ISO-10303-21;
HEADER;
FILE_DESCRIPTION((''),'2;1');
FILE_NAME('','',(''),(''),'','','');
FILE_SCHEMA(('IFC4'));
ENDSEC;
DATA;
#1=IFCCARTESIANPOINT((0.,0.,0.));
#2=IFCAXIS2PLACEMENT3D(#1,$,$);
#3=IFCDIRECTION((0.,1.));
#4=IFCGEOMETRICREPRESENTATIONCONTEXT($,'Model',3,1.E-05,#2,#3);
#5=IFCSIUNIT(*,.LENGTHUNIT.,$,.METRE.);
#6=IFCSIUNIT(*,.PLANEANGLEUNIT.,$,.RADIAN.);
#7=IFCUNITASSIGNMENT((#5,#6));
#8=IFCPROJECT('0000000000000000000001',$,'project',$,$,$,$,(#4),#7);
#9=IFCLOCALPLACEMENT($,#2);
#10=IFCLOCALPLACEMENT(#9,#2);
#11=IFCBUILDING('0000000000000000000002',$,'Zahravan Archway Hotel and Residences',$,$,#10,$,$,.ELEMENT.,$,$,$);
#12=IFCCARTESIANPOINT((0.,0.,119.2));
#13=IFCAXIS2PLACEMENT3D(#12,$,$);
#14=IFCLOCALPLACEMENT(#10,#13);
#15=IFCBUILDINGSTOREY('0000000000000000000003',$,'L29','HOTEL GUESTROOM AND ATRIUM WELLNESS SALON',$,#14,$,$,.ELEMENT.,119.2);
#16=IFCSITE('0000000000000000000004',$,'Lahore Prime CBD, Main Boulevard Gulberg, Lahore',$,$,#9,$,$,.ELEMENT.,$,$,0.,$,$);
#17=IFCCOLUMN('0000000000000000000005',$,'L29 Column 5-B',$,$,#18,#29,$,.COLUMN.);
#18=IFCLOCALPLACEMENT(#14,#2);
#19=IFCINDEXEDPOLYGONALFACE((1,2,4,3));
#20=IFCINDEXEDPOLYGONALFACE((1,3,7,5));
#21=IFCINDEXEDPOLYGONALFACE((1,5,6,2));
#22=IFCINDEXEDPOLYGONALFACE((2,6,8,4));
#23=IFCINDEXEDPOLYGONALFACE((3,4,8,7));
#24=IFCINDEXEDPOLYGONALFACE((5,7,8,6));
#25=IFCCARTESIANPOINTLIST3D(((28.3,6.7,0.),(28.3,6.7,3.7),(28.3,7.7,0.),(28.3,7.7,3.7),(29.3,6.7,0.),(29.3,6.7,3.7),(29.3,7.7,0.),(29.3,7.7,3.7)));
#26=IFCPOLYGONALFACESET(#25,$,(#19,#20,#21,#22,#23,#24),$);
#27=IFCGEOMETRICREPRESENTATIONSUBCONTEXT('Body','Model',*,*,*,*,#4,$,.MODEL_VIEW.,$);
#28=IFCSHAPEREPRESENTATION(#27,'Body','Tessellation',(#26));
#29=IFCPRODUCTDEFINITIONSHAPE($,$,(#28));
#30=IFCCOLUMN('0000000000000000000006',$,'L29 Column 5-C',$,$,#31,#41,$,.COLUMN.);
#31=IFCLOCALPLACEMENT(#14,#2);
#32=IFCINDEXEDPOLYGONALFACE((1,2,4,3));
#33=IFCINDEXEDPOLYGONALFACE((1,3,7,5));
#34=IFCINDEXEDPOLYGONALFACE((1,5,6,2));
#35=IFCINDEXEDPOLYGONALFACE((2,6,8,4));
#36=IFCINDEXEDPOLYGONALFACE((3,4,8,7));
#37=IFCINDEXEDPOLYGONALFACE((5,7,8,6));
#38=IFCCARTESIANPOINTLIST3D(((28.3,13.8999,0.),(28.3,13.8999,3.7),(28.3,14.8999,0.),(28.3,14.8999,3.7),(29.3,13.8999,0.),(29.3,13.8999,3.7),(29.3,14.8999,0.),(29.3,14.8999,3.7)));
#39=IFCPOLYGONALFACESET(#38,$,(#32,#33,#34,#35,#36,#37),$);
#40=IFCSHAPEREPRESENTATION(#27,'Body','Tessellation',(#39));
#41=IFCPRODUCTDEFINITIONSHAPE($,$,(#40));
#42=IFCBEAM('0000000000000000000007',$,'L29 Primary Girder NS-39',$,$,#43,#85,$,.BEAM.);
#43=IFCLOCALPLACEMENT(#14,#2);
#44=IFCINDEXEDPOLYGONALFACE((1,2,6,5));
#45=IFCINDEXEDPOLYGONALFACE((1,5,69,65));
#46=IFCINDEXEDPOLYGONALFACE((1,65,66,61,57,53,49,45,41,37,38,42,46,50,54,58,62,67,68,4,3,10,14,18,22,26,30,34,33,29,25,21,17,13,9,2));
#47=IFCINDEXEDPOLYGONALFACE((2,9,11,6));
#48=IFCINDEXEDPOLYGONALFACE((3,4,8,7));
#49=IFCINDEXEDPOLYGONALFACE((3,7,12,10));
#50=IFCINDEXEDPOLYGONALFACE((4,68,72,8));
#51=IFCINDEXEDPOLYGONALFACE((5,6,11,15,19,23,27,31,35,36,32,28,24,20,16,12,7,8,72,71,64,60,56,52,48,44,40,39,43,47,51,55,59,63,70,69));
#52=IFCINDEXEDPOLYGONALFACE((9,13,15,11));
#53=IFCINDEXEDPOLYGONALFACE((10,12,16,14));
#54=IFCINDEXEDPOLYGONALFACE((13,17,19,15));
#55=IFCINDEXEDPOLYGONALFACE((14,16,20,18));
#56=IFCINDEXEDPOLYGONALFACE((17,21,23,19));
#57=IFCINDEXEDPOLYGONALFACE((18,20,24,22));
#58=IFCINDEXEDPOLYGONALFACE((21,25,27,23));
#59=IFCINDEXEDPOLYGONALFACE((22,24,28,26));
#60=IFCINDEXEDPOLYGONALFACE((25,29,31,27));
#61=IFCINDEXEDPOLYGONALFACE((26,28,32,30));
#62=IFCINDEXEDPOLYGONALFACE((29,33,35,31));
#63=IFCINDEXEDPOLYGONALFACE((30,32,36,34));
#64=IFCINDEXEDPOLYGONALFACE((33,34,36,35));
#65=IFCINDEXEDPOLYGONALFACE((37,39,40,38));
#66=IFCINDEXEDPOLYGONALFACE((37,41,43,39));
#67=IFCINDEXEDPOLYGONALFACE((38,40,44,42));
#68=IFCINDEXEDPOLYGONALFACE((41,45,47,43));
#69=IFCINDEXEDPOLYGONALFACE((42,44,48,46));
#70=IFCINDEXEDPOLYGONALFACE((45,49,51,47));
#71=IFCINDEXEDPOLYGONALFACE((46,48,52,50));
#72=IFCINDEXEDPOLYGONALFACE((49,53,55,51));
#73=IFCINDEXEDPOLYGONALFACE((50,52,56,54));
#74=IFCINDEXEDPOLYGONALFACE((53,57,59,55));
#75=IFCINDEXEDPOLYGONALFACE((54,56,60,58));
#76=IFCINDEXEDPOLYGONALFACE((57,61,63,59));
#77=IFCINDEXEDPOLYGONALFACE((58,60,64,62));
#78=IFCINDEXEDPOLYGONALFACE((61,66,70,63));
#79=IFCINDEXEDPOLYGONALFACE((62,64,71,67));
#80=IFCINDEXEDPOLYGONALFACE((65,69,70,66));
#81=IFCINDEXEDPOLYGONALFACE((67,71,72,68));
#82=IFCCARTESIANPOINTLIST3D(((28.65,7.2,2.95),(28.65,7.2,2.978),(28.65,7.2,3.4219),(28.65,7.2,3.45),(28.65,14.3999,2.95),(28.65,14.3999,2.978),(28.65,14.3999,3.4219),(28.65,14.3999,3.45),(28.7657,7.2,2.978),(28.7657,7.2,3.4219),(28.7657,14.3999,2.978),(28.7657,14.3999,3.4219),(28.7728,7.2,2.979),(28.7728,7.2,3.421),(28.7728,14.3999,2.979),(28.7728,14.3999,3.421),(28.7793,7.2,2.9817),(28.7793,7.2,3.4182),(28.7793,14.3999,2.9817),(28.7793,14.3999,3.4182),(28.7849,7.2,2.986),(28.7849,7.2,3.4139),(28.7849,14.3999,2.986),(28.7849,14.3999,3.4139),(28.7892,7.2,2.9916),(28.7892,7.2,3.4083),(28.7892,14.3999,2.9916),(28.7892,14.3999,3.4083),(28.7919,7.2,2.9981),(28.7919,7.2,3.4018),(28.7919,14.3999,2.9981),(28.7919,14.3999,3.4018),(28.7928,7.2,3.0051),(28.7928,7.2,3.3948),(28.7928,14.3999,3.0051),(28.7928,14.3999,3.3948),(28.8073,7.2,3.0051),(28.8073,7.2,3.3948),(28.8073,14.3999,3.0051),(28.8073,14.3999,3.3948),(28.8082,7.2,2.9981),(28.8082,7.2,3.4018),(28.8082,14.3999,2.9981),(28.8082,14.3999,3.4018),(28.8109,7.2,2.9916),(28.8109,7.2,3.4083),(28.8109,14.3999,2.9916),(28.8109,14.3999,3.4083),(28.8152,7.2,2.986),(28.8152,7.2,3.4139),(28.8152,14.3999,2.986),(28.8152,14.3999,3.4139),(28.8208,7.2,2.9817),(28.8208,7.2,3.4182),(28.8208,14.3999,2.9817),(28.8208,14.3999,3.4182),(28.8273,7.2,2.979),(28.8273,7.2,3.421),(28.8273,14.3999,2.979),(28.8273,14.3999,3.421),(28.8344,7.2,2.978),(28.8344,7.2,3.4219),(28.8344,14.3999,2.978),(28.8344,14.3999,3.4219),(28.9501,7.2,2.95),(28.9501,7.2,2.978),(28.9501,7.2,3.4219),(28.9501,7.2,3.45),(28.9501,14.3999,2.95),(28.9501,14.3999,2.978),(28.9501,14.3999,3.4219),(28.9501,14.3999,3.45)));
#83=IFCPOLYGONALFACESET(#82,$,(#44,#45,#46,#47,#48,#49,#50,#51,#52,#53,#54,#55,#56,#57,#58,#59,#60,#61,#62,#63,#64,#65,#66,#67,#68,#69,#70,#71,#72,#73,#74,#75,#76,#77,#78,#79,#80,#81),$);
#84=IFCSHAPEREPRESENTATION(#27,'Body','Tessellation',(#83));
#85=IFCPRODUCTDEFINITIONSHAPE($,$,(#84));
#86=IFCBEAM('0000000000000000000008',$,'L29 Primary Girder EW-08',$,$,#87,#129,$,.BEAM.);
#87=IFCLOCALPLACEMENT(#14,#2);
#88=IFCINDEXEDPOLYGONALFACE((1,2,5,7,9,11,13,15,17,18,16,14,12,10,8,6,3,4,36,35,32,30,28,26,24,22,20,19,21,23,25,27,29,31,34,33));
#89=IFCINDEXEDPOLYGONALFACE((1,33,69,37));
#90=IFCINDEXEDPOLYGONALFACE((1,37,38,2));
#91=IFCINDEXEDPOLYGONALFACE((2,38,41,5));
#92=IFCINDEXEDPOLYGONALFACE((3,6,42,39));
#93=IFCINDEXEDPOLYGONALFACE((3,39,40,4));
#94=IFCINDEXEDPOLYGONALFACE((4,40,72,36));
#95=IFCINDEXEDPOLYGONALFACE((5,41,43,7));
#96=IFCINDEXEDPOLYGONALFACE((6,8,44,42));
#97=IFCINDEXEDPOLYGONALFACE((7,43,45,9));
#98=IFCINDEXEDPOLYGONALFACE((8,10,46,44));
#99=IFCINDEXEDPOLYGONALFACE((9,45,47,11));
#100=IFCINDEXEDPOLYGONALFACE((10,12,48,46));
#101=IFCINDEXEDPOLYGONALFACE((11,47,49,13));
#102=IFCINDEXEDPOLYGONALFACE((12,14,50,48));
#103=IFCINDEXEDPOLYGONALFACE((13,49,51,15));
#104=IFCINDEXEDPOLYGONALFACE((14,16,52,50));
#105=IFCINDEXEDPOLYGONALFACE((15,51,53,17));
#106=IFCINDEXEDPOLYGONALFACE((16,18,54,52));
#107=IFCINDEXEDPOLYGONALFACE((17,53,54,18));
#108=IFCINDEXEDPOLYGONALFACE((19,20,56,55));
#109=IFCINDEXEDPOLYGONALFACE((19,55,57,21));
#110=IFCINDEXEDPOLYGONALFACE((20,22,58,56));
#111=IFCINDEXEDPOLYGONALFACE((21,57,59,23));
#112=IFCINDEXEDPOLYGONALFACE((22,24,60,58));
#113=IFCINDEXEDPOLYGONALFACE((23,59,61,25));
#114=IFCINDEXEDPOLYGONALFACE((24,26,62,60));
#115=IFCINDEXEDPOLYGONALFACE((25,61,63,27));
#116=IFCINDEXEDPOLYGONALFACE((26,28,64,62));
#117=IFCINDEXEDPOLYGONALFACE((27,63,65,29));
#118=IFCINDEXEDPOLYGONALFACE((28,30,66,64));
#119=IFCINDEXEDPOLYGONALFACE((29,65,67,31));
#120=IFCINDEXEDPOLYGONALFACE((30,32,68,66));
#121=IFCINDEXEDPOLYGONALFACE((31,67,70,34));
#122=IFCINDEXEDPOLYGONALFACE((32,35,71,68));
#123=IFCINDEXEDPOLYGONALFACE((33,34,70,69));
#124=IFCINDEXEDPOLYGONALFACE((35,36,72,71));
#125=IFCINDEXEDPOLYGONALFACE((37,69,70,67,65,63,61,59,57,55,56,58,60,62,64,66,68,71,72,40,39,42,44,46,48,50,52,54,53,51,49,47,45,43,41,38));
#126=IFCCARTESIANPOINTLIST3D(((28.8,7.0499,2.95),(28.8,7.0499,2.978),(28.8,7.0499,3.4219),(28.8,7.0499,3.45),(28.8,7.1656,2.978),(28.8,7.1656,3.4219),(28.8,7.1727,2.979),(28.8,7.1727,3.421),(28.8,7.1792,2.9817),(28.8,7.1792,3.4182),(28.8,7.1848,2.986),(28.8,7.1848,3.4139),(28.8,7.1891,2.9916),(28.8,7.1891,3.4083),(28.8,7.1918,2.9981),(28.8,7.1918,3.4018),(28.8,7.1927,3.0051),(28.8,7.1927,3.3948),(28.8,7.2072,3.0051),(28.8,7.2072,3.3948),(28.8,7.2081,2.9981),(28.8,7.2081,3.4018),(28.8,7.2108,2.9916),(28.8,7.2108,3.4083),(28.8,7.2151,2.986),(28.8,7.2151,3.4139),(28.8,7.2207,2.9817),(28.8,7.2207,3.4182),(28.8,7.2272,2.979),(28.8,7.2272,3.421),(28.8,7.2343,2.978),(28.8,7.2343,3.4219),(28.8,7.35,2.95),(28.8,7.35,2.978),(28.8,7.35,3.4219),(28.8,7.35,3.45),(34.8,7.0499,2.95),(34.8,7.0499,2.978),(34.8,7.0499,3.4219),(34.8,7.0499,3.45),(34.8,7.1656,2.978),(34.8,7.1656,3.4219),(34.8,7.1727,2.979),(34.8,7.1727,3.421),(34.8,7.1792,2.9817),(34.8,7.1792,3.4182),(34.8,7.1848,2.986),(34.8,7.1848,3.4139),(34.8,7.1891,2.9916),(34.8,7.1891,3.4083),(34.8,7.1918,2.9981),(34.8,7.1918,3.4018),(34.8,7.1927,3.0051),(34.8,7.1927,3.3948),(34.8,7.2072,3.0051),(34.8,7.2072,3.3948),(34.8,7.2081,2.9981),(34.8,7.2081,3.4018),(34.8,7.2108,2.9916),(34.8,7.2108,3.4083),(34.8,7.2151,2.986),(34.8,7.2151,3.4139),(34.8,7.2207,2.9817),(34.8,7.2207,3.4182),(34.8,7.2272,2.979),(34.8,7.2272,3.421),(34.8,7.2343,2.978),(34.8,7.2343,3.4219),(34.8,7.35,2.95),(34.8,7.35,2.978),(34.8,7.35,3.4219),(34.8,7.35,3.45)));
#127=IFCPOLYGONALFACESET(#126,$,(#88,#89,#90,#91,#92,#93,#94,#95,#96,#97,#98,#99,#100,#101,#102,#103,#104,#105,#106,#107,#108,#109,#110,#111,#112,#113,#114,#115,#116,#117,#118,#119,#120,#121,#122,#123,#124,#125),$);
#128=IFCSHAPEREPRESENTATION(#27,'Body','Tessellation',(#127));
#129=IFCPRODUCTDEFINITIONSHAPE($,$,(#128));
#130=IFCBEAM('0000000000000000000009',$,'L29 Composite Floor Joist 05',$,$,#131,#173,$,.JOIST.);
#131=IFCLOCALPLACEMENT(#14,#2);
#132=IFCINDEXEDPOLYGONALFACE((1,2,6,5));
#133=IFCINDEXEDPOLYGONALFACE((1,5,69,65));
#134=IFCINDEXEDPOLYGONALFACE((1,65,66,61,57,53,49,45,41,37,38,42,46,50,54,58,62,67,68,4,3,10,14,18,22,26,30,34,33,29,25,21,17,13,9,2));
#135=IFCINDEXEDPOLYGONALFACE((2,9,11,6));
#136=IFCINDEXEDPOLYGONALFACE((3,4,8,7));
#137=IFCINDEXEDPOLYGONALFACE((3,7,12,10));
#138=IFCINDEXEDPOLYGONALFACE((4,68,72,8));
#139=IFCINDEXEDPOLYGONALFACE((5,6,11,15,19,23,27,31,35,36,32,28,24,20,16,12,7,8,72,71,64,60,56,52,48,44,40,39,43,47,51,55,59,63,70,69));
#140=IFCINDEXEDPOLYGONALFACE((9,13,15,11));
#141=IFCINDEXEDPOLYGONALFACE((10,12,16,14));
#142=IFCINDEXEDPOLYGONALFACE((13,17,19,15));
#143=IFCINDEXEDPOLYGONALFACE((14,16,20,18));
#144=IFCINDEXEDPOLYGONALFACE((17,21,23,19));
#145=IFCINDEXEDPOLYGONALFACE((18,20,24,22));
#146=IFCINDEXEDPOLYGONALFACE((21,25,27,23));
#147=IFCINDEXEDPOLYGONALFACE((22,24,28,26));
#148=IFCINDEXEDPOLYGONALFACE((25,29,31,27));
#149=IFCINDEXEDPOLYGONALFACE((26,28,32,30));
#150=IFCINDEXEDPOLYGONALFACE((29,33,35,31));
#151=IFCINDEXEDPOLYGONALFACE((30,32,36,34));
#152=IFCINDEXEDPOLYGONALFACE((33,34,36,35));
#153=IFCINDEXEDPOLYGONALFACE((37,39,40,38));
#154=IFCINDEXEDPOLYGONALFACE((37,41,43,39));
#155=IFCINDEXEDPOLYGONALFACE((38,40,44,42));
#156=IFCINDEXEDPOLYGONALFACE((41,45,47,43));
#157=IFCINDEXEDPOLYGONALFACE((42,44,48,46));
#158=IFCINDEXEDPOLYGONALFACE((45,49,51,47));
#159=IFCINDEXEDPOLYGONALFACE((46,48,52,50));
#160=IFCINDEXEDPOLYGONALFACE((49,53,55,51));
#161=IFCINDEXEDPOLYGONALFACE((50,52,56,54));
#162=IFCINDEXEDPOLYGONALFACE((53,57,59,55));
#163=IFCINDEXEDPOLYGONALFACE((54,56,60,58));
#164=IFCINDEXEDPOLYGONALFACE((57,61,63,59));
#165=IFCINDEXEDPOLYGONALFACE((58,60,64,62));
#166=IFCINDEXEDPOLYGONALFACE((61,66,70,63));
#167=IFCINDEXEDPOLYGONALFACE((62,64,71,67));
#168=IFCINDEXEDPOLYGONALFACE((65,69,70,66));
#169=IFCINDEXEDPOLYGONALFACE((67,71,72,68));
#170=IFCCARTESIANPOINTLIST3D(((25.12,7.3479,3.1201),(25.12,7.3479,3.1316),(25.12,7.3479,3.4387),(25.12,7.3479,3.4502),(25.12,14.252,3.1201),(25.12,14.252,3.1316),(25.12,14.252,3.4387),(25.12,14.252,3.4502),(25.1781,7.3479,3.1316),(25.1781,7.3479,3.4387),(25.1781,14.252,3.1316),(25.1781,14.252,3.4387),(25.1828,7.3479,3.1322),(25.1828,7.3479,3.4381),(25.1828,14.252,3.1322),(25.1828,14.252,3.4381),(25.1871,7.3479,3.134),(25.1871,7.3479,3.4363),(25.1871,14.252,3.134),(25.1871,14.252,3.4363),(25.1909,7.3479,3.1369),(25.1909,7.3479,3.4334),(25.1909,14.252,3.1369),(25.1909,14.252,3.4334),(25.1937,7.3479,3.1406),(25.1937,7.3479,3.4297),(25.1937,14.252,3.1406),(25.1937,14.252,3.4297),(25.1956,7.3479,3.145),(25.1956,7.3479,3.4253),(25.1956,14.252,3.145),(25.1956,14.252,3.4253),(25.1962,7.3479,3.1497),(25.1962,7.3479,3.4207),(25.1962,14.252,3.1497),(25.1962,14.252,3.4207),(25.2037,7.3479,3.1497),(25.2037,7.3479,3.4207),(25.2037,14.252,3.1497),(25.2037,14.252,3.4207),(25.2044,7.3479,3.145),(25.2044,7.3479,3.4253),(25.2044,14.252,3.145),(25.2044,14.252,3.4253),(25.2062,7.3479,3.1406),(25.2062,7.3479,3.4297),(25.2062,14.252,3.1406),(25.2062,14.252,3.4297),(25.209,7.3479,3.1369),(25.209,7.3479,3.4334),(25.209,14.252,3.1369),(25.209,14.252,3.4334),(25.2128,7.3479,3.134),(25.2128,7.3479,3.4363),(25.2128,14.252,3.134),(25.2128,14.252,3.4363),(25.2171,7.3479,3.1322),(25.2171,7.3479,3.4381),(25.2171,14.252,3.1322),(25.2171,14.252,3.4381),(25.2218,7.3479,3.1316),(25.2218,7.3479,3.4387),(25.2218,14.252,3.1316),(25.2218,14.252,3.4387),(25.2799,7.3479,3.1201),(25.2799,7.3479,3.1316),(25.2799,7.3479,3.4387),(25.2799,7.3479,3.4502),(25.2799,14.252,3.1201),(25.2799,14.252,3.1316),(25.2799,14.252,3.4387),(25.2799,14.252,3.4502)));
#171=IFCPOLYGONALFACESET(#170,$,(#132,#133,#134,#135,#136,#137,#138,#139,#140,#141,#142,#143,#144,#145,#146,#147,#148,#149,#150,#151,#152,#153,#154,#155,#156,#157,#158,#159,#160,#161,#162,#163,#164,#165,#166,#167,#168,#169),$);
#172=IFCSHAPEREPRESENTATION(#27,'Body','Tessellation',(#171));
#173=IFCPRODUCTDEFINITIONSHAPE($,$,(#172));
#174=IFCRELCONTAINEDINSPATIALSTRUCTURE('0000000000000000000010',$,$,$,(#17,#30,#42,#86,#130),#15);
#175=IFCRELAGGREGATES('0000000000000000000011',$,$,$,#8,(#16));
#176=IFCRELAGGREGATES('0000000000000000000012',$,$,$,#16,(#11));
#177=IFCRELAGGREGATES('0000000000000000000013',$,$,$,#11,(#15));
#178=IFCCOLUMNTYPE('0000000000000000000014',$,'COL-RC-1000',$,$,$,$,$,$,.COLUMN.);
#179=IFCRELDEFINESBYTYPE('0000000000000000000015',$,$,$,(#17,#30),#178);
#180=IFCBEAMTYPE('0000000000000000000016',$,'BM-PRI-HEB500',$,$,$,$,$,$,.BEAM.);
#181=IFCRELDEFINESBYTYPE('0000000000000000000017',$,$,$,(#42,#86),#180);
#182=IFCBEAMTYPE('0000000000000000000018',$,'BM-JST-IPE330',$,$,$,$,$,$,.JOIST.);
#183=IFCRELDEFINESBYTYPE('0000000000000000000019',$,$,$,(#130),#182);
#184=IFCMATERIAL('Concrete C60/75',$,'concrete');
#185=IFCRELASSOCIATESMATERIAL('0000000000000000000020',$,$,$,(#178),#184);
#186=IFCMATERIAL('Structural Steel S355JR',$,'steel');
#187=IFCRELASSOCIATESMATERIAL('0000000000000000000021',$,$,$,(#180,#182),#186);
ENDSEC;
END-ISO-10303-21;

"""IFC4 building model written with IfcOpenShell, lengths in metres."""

from ifc_helpers import new_model, si_unit, direction, frame, origin, origin_2d, place, context, subcontext, project, spatial, rectangle, i_section, extrude, source, transform, mapped, material, material_profile, profile_set, type_object, type_shapes, element, save


model = new_model("IFC4")

# Units and contexts
model_context = context("Model", 3, precision=1e-05, world=origin(), true_north=direction((0.0, 1.0)))
body_context = subcontext(model_context, "Body", "Model", "MODEL_VIEW")
ifc_project = project(units=[si_unit("LENGTHUNIT", "METRE"), si_unit("PLANEANGLEUNIT", "RADIAN")], contexts=[model_context])

# Site, building, storey
site_placement = place(None, origin())
site = spatial("IfcSite", under=ifc_project, at=site_placement, Name="Lahore Prime CBD, Main Boulevard Gulberg, Lahore", CompositionType="ELEMENT", RefElevation=0.0)
building_placement = place(site_placement, origin())
building = spatial("IfcBuilding", under=site, at=building_placement, Name="Zahravan Archway Hotel and Residences", CompositionType="ELEMENT")
storey_placement = place(building_placement, frame((0.0, 0.0, 119.2)))
storey = spatial("IfcBuildingStorey", under=building, at=storey_placement, Name="L29", Description="HOTEL GUESTROOM AND ATRIUM WELLNESS SALON", CompositionType="ELEMENT", Elevation=119.2)

# Columns
ifc_material_1 = material(Name="Concrete C60/75", Category="concrete")
ifc_material_profile_1 = material_profile(ifc_material_1, rectangle(XDim=1.0, YDim=1.0, at=origin_2d()), Name="RC-COL-1000x1000", Category="concrete")
ifc_profile_set_1 = profile_set([ifc_material_profile_1], Name="Concrete C60/75")
column_type = type_object("IfcColumnType", Name="COL-RC-1000", PredefinedType="COLUMN", material=ifc_profile_set_1)
shared_shape_1 = source(origin(), body_context, "Body", "SweptSolid", [
    extrude(rectangle(XDim=1.0, YDim=1.0, at=origin_2d()), origin(), (0.0, 0.0, 1.0), 3.7),
])
type_shapes(column_type, [shared_shape_1])
for number, where, z_axis, x_axis, name in (
    (1, (28.8, 7.2, 0.0), (0.0, 0.0, 1.0), (1.0, 0.0, 0.0), "L29 Column 5-B"),
    (2, (28.8, 14.3999, 0.0), (0.0, 0.0, 1.0), (1.0, 0.0, 0.0), "L29 Column 5-C"),
):
    element("IfcColumn", number, at=place(storey_placement, frame(where, z_axis=z_axis, x_axis=x_axis)), inside=storey, type_object=column_type, Name=name, PredefinedType="COLUMN", context=body_context, shape_type="MappedRepresentation", body=[
        mapped(shared_shape_1, transform((0.0, 0.0, 0.0), scale=1.0)),
    ])

# Beams
ifc_material_2 = material(Name="Structural Steel S355JR", Category="steel")
ifc_material_profile_2 = material_profile(ifc_material_2, i_section(OverallWidth=0.3, OverallDepth=0.5, WebThickness=0.0144, FlangeThickness=0.0281, FilletRadius=0.0271, at=origin_2d()), Name="HEB 500", Category="steel")
ifc_profile_set_2 = profile_set([ifc_material_profile_2], Name="Structural Steel S355JR")
beam_type_1 = type_object("IfcBeamType", Name="BM-PRI-HEB500", PredefinedType="BEAM", material=ifc_profile_set_2)
shared_shape_2 = source(origin(), body_context, "Body", "SweptSolid", [
    extrude(i_section(OverallWidth=0.3, OverallDepth=0.5, WebThickness=0.0144, FlangeThickness=0.0281, FilletRadius=0.0271, at=origin_2d()), origin(), (0.0, 0.0, 1.0), 7.2),
])
beam_1_placement = place(storey_placement, frame((28.8, 7.2, 3.2), z_axis=(0.0, 1.0, 0.0), x_axis=(-1.0, 0.0, 0.0)))
element("IfcBeam", 3, at=beam_1_placement, inside=storey, type_object=beam_type_1, Name="L29 Primary Girder NS-39", PredefinedType="BEAM", context=body_context, shape_type="MappedRepresentation", body=[
    mapped(shared_shape_2, transform((0.0, 0.0, 0.0), scale=1.0)),
])
shared_shape_3 = source(origin(), body_context, "Body", "SweptSolid", [
    extrude(i_section(OverallWidth=0.3, OverallDepth=0.5, WebThickness=0.0144, FlangeThickness=0.0281, FilletRadius=0.0271, at=origin_2d()), origin(), (0.0, 0.0, 1.0), 6.0),
])
beam_2_placement = place(storey_placement, frame((28.8, 7.2, 3.2), z_axis=(1.0, 0.0, 0.0), x_axis=(0.0, 1.0, 0.0)))
element("IfcBeam", 4, at=beam_2_placement, inside=storey, type_object=beam_type_1, Name="L29 Primary Girder EW-08", PredefinedType="BEAM", context=body_context, shape_type="MappedRepresentation", body=[
    mapped(shared_shape_3, transform((0.0, 0.0, 0.0), scale=1.0)),
])
ifc_material_profile_3 = material_profile(ifc_material_2, i_section(OverallWidth=0.1599, OverallDepth=0.3301, WebThickness=0.0076, FlangeThickness=0.0115, FilletRadius=0.0181, at=origin_2d()), Name="IPE 330", Category="steel")
ifc_profile_set_3 = profile_set([ifc_material_profile_3], Name="Structural Steel S355JR")
beam_type_2 = type_object("IfcBeamType", Name="BM-JST-IPE330", PredefinedType="JOIST", material=ifc_profile_set_3)
shared_shape_4 = source(origin(), body_context, "Body", "SweptSolid", [
    extrude(i_section(OverallWidth=0.1599, OverallDepth=0.3301, WebThickness=0.0076, FlangeThickness=0.0115, FilletRadius=0.0181, at=origin_2d()), origin(), (0.0, 0.0, 1.0), 6.9041),
])
type_shapes(beam_type_2, [shared_shape_4])
beam_3_placement = place(storey_placement, frame((25.2, 7.3479, 3.2852), z_axis=(0.0, 1.0, 0.0), x_axis=(-1.0, 0.0, 0.0)))
element("IfcBeam", 5, at=beam_3_placement, inside=storey, type_object=beam_type_2, Name="L29 Composite Floor Joist 05", PredefinedType="JOIST", context=body_context, shape_type="MappedRepresentation", body=[
    mapped(shared_shape_4, transform((0.0, 0.0, 0.0), scale=1.0)),
])

save(model, "model.ifc")
